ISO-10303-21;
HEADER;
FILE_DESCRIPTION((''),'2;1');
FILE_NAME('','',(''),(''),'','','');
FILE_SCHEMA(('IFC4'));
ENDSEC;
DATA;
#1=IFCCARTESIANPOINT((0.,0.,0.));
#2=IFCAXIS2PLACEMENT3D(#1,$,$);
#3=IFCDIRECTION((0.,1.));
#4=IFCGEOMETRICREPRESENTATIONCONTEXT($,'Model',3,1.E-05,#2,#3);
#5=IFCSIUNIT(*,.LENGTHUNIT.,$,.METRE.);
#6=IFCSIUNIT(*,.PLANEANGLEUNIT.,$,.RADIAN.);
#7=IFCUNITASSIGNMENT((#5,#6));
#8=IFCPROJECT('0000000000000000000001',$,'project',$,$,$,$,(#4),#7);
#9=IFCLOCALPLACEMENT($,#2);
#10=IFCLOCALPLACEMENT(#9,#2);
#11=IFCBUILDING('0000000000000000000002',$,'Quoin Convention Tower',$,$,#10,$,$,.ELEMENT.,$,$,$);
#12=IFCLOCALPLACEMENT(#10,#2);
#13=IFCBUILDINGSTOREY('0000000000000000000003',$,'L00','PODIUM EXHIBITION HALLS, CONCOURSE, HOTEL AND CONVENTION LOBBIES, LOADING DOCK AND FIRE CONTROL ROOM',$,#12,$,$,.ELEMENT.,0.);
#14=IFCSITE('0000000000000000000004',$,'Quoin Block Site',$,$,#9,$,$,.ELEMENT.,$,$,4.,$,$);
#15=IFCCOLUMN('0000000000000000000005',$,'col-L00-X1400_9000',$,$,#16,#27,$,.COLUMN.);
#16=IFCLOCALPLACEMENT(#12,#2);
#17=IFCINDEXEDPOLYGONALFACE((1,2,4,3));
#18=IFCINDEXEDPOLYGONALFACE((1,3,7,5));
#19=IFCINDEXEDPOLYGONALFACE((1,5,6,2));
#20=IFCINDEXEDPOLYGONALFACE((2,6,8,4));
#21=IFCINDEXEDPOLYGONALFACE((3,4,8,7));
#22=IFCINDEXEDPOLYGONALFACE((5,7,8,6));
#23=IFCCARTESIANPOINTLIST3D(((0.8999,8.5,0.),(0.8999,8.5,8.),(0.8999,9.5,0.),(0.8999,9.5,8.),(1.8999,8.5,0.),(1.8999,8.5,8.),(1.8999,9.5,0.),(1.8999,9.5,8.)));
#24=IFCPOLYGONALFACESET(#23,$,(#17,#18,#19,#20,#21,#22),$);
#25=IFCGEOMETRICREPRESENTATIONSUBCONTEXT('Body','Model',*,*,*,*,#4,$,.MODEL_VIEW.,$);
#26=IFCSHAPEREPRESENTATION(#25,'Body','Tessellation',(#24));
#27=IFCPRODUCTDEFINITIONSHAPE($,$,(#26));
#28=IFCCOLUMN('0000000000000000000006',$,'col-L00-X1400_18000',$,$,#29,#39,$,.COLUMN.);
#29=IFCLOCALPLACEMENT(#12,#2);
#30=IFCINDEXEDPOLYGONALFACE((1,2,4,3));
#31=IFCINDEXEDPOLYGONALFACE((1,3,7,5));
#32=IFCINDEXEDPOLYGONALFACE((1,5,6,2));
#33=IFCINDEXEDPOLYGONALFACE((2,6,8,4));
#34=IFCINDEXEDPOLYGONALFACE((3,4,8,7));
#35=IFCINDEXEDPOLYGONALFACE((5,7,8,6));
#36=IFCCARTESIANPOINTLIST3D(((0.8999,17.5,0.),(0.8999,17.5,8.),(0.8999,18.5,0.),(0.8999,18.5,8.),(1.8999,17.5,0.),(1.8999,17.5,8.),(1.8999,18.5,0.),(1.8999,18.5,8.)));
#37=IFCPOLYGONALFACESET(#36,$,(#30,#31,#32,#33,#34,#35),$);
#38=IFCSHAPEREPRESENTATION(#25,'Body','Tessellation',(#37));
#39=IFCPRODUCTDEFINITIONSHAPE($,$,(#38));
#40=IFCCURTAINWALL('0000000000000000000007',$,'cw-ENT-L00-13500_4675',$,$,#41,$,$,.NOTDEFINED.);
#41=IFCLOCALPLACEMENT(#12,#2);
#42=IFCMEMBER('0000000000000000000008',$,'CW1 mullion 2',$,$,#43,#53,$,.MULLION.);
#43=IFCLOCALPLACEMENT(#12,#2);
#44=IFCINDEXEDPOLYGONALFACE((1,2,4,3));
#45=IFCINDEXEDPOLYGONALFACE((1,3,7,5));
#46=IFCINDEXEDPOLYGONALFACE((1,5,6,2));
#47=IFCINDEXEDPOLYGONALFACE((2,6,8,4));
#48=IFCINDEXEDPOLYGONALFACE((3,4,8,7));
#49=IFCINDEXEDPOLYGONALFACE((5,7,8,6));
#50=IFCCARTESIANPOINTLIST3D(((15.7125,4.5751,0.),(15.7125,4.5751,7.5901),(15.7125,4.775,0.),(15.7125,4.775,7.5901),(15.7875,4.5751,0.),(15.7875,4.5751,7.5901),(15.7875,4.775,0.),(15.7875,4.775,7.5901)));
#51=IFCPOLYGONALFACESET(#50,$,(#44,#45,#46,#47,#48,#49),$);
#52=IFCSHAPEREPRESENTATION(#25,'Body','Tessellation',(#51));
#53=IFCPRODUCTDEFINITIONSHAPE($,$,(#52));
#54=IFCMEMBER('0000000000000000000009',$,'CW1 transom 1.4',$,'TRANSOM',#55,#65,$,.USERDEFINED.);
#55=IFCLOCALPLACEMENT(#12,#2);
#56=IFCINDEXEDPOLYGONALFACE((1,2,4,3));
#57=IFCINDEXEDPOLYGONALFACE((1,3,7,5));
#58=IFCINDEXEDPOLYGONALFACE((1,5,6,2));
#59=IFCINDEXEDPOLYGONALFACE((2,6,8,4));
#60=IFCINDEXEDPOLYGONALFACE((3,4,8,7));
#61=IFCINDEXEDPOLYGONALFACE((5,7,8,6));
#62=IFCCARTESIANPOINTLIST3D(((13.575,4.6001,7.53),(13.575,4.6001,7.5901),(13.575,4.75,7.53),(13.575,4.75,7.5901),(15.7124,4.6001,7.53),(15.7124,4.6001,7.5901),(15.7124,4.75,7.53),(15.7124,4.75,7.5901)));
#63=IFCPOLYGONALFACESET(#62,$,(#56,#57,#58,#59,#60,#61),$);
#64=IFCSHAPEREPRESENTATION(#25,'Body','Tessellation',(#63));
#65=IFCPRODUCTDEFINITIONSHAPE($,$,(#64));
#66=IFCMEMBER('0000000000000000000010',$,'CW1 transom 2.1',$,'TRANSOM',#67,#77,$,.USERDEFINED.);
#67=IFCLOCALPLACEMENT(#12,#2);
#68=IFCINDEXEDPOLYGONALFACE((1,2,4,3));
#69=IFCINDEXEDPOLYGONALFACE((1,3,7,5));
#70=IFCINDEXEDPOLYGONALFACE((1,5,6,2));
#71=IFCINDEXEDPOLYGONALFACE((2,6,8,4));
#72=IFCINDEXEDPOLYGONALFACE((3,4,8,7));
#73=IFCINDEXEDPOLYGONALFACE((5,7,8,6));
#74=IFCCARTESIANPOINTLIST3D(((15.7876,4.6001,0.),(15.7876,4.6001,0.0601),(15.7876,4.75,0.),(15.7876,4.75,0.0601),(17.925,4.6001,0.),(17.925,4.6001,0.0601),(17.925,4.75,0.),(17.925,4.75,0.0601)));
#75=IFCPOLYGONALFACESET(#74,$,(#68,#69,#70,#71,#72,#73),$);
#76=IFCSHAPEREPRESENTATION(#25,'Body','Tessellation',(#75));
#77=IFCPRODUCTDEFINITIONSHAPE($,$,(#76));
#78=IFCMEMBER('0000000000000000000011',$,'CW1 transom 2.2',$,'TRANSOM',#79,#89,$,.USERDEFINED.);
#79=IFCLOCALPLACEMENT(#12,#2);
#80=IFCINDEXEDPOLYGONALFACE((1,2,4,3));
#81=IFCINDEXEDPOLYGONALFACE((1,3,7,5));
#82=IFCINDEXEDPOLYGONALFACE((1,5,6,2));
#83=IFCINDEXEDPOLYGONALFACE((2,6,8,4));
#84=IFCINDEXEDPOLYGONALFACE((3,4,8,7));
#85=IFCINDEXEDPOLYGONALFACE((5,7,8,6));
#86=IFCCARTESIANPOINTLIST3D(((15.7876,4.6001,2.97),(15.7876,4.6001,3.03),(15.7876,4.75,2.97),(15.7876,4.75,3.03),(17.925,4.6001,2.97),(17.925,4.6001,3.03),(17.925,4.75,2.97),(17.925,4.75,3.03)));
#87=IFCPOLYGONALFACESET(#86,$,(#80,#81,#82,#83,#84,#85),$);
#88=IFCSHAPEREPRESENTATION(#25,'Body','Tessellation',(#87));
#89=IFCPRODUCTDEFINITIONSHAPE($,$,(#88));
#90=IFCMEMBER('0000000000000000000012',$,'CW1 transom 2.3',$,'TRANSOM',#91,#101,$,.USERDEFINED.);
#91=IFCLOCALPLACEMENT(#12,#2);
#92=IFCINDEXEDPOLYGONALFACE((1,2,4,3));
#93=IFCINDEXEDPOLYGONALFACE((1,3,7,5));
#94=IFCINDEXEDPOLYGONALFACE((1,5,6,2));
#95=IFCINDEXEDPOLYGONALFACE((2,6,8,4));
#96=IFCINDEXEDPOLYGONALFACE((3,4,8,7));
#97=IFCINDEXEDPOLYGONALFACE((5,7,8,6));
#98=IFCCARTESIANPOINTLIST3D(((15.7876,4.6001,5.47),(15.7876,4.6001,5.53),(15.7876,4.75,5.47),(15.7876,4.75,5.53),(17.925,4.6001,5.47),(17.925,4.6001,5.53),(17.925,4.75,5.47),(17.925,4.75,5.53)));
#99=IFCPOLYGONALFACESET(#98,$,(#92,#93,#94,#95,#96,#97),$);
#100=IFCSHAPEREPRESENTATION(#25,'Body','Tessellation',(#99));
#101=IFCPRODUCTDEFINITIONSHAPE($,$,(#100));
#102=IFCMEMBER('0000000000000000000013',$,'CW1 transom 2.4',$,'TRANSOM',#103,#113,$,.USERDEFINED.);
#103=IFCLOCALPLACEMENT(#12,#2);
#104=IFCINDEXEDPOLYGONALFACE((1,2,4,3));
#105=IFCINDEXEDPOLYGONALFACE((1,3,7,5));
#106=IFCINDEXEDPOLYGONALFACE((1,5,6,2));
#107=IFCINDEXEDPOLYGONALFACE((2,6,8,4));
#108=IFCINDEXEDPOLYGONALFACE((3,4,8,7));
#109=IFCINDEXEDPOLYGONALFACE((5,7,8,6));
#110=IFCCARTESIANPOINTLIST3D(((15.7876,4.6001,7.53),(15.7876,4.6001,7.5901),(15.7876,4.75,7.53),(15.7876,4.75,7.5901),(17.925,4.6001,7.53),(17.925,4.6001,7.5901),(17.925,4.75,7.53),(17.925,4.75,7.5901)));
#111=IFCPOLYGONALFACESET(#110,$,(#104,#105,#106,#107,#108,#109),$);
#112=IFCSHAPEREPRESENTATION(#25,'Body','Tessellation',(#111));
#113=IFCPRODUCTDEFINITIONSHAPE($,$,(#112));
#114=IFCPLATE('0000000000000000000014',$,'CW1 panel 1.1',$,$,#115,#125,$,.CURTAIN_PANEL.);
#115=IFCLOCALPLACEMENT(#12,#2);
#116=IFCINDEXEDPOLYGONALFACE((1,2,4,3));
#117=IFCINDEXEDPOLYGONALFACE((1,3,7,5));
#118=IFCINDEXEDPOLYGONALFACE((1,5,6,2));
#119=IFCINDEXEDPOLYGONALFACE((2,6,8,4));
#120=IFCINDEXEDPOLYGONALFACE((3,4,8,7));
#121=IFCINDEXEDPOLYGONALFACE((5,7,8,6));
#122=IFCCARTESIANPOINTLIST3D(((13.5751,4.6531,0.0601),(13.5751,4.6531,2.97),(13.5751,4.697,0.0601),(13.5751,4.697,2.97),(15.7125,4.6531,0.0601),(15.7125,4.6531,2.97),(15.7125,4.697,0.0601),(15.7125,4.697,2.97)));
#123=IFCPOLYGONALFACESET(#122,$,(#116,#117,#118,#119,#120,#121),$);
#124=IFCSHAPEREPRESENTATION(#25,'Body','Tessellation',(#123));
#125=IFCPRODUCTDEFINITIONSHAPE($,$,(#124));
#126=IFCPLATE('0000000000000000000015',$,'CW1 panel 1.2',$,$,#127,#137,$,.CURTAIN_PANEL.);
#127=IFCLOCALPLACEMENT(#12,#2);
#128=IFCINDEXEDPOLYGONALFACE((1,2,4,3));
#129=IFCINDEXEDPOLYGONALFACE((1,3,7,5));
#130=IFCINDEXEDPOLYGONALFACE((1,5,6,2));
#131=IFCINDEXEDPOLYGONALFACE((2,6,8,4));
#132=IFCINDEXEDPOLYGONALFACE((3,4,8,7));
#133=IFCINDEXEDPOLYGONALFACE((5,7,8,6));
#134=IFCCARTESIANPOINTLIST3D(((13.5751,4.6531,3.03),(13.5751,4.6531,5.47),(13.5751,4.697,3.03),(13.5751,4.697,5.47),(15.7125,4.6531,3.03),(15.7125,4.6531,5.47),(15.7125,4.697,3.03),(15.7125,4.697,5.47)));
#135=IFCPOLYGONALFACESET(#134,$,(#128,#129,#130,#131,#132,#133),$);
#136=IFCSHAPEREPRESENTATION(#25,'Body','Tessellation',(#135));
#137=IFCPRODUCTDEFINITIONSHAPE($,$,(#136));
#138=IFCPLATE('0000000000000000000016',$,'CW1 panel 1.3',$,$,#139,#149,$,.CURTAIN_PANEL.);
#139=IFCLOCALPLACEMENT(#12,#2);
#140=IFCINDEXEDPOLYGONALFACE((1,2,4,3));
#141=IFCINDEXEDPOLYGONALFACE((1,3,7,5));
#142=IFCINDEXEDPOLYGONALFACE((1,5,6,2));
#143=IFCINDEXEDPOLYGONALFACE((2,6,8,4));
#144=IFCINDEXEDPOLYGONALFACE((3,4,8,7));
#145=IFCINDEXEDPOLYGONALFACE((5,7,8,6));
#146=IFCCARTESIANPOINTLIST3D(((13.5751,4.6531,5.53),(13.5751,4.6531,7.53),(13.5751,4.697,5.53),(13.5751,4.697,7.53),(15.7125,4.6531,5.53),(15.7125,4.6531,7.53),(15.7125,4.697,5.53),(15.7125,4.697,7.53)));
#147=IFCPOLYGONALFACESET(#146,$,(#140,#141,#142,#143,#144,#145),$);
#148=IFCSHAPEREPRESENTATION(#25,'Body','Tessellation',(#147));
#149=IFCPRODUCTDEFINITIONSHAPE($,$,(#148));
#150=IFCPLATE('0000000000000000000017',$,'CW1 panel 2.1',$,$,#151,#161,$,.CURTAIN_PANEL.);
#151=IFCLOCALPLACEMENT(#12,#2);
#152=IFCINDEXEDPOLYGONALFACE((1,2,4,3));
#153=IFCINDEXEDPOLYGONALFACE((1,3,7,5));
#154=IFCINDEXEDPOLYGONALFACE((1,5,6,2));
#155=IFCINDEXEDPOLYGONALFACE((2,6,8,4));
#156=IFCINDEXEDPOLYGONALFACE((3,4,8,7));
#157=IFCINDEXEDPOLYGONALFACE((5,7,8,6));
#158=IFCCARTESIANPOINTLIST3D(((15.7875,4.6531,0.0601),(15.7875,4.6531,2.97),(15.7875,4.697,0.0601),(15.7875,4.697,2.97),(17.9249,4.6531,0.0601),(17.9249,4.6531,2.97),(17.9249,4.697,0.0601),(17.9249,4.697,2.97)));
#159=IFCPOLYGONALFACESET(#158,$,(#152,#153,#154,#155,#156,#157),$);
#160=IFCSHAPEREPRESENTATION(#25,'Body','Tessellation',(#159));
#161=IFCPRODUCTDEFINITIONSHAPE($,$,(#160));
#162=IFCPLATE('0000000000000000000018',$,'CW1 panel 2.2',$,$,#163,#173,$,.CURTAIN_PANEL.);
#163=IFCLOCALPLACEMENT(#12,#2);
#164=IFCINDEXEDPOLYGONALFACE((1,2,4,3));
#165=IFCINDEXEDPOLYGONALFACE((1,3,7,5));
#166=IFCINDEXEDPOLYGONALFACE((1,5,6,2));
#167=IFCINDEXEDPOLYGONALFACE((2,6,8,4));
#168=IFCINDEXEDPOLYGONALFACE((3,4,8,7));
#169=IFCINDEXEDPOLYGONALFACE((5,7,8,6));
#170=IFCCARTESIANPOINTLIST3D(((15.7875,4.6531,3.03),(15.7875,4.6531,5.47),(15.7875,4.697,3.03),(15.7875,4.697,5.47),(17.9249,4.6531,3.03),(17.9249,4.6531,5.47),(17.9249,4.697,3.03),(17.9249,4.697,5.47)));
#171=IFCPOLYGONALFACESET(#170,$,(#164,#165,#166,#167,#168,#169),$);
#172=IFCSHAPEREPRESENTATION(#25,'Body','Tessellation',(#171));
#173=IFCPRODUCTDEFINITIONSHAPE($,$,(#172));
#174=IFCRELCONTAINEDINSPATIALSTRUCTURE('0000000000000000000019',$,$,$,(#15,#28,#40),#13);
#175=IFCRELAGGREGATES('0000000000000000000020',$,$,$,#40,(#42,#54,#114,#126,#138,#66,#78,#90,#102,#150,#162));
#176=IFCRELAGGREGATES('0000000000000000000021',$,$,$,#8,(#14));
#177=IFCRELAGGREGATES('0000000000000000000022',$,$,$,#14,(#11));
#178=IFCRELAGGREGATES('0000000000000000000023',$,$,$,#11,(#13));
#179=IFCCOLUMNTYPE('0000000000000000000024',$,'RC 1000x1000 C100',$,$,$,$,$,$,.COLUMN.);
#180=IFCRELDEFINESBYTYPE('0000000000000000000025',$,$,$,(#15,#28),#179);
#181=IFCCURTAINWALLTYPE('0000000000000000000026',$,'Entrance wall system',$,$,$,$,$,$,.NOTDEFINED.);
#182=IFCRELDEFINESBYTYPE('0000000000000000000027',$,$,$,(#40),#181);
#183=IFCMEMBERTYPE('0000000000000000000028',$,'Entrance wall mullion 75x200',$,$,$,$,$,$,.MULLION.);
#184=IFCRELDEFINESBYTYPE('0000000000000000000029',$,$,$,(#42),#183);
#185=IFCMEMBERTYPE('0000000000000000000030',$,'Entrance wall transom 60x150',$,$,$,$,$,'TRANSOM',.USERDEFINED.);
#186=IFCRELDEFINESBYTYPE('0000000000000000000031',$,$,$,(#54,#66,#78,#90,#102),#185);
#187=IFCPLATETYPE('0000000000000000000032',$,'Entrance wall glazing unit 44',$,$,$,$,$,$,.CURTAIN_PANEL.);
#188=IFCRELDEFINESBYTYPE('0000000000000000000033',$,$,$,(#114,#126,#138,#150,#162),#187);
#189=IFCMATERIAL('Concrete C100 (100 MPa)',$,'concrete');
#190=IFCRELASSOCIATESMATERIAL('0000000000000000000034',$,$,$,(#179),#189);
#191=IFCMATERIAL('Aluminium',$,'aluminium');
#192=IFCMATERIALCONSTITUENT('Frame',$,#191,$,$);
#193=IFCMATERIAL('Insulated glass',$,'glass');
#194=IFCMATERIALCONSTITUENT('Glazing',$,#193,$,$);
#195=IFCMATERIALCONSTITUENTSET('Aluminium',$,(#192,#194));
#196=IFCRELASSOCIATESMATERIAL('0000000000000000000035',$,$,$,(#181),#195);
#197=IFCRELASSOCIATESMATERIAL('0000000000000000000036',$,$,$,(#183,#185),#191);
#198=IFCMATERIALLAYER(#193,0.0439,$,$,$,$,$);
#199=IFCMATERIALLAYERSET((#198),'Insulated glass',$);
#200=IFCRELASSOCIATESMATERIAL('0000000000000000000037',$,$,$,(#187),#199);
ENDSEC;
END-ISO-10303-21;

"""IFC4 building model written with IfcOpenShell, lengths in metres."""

from ifc_helpers import new_model, si_unit, direction, frame, origin, origin_2d, place, context, subcontext, project, spatial, rectangle, extrude, material, layer, layer_set, constituent, constituent_set, material_profile, profile_set, type_object, element, aggregate, save


model = new_model("IFC4")

# Units and contexts
model_context = context("Model", 3, precision=1e-05, world=origin(), true_north=direction((0.0, 1.0)))
body_context = subcontext(model_context, "Body", "Model", "MODEL_VIEW")
ifc_project = project(units=[si_unit("LENGTHUNIT", "METRE"), si_unit("PLANEANGLEUNIT", "RADIAN")], contexts=[model_context])

# Site, building, storey
site_placement = place(None, origin())
site = spatial("IfcSite", under=ifc_project, at=site_placement, Name="Quoin Block Site", CompositionType="ELEMENT", RefElevation=4.0)
building_placement = place(site_placement, origin())
building = spatial("IfcBuilding", under=site, at=building_placement, Name="Quoin Convention Tower", CompositionType="ELEMENT")
storey_placement = place(building_placement, origin())
storey = spatial("IfcBuildingStorey", under=building, at=storey_placement, Name="L00", Description="PODIUM EXHIBITION HALLS, CONCOURSE, HOTEL AND CONVENTION LOBBIES, LOADING DOCK AND FIRE CONTROL ROOM", CompositionType="ELEMENT", Elevation=0.0)

# Columns
ifc_material_1 = material(Name="Concrete C100 (100 MPa)", Category="concrete")
ifc_material_profile_1 = material_profile(ifc_material_1, rectangle(XDim=1.0, YDim=1.0, at=origin_2d()), Name="RC 1000x1000")
ifc_profile_set_1 = profile_set([ifc_material_profile_1], Name="Concrete C100 (100 MPa)")
column_type = type_object("IfcColumnType", Name="RC 1000x1000 C100", PredefinedType="COLUMN", material=ifc_profile_set_1)
for number, where, z_axis, x_axis, name in (
    (1, (1.3999, 9.0, 0.0), (0.0, 0.0, 1.0), (1.0, 0.0, 0.0), "col-L00-X1400_9000"),
    (2, (1.3999, 18.0, 0.0), (0.0, 0.0, 1.0), (1.0, 0.0, 0.0), "col-L00-X1400_18000"),
):
    element("IfcColumn", number, at=place(storey_placement, frame(where, z_axis=z_axis, x_axis=x_axis)), inside=storey, type_object=column_type, Name=name, PredefinedType="COLUMN", context=body_context, shape_type="SweptSolid", body=[
        extrude(rectangle(XDim=1.0, YDim=1.0, at=origin_2d()), origin(), (0.0, 0.0, 1.0), 8.0),
    ])

# Curtain wall, members, plates
ifc_material_2 = material(Name="Aluminium", Category="aluminium")
ifc_constituent_1 = constituent(ifc_material_2, Name="Frame")
ifc_material_3 = material(Name="Insulated glass", Category="glass")
ifc_constituent_2 = constituent(ifc_material_3, Name="Glazing")
ifc_constituent_set = constituent_set(constituents=[ifc_constituent_1, ifc_constituent_2], Name="Aluminium")
curtain_wall_type = type_object("IfcCurtainWallType", Name="Entrance wall system", PredefinedType="NOTDEFINED", material=ifc_constituent_set)
curtain_wall_placement = place(storey_placement, origin())
curtain_wall = element("IfcCurtainWall", 3, at=curtain_wall_placement, inside=storey, type_object=curtain_wall_type, Name="cw-ENT-L00-13500_4675", PredefinedType="NOTDEFINED")
ifc_material_profile_2 = material_profile(ifc_material_2, rectangle(XDim=0.2, YDim=0.075, at=origin_2d()), Name="Entrance wall mullion 75x200")
ifc_profile_set_2 = profile_set([ifc_material_profile_2], Name="Aluminium")
member_type_1 = type_object("IfcMemberType", Name="Entrance wall mullion 75x200", PredefinedType="MULLION", material=ifc_profile_set_2)
member_1_placement = place(storey_placement, frame((15.75, 4.675, 0.0), z_axis=(0.0, 0.0, 1.0), x_axis=(0.0, 1.0, 0.0)))
member_1 = element("IfcMember", 4, at=member_1_placement, type_object=member_type_1, Name="CW1 mullion 2", PredefinedType="MULLION", context=body_context, shape_type="SweptSolid", body=[
    extrude(rectangle(XDim=0.2, YDim=0.075, at=origin_2d()), origin(), (0.0, 0.0, 1.0), 7.5901),
])
ifc_material_profile_3 = material_profile(ifc_material_2, rectangle(XDim=0.1499, YDim=0.0601, at=origin_2d()), Name="Entrance wall transom 60x150")
ifc_profile_set_3 = profile_set([ifc_material_profile_3], Name="Aluminium")
member_type_2 = type_object("IfcMemberType", Name="Entrance wall transom 60x150", ElementType="TRANSOM", PredefinedType="USERDEFINED", material=ifc_profile_set_3)
member_2_placement = place(storey_placement, frame((13.575, 4.675, 7.5601), z_axis=(1.0, 0.0, 0.0), x_axis=(0.0, 1.0, 0.0)))
member_2 = element("IfcMember", 5, at=member_2_placement, type_object=member_type_2, Name="CW1 transom 1.4", ObjectType="TRANSOM", PredefinedType="USERDEFINED", context=body_context, shape_type="SweptSolid", body=[
    extrude(rectangle(XDim=0.1499, YDim=0.0601, at=origin_2d()), origin(), (0.0, 0.0, 1.0), 2.1375),
])
member_3_placement = place(storey_placement, frame((15.7876, 4.675, 0.03), z_axis=(1.0, 0.0, 0.0), x_axis=(0.0, 1.0, 0.0)))
member_3 = element("IfcMember", 6, at=member_3_placement, type_object=member_type_2, Name="CW1 transom 2.1", ObjectType="TRANSOM", PredefinedType="USERDEFINED", context=body_context, shape_type="SweptSolid", body=[
    extrude(rectangle(XDim=0.1499, YDim=0.0601, at=origin_2d()), origin(), (0.0, 0.0, 1.0), 2.1375),
])
member_4_placement = place(storey_placement, frame((15.7876, 4.675, 3.0), z_axis=(1.0, 0.0, 0.0), x_axis=(0.0, 1.0, 0.0)))
member_4 = element("IfcMember", 7, at=member_4_placement, type_object=member_type_2, Name="CW1 transom 2.2", ObjectType="TRANSOM", PredefinedType="USERDEFINED", context=body_context, shape_type="SweptSolid", body=[
    extrude(rectangle(XDim=0.1499, YDim=0.0601, at=origin_2d()), origin(), (0.0, 0.0, 1.0), 2.1375),
])
member_5_placement = place(storey_placement, frame((15.7876, 4.675, 5.5), z_axis=(1.0, 0.0, 0.0), x_axis=(0.0, 1.0, 0.0)))
member_5 = element("IfcMember", 8, at=member_5_placement, type_object=member_type_2, Name="CW1 transom 2.3", ObjectType="TRANSOM", PredefinedType="USERDEFINED", context=body_context, shape_type="SweptSolid", body=[
    extrude(rectangle(XDim=0.1499, YDim=0.0601, at=origin_2d()), origin(), (0.0, 0.0, 1.0), 2.1375),
])
member_6_placement = place(storey_placement, frame((15.7876, 4.675, 7.5601), z_axis=(1.0, 0.0, 0.0), x_axis=(0.0, 1.0, 0.0)))
member_6 = element("IfcMember", 9, at=member_6_placement, type_object=member_type_2, Name="CW1 transom 2.4", ObjectType="TRANSOM", PredefinedType="USERDEFINED", context=body_context, shape_type="SweptSolid", body=[
    extrude(rectangle(XDim=0.1499, YDim=0.0601, at=origin_2d()), origin(), (0.0, 0.0, 1.0), 2.1375),
])
ifc_layer_1 = layer(ifc_material_3, 0.0439)
ifc_layer_set_1 = layer_set([ifc_layer_1], Name="Insulated glass")
plate_type = type_object("IfcPlateType", Name="Entrance wall glazing unit 44", PredefinedType="CURTAIN_PANEL", material=ifc_layer_set_1)
plate_1_placement = place(storey_placement, frame((14.6438, 4.675, 0.0601), z_axis=(0.0, 0.0, 1.0), x_axis=(1.0, 0.0, 0.0)))
plate_1 = element("IfcPlate", 10, at=plate_1_placement, type_object=plate_type, Name="CW1 panel 1.1", PredefinedType="CURTAIN_PANEL", context=body_context, shape_type="SweptSolid", body=[
    extrude(rectangle(XDim=2.1375, YDim=0.0439, at=origin_2d()), origin(), (0.0, 0.0, 1.0), 2.9099),
])
plate_2_placement = place(storey_placement, frame((14.6438, 4.675, 3.03), z_axis=(0.0, 0.0, 1.0), x_axis=(1.0, 0.0, 0.0)))
plate_2 = element("IfcPlate", 11, at=plate_2_placement, type_object=plate_type, Name="CW1 panel 1.2", PredefinedType="CURTAIN_PANEL", context=body_context, shape_type="SweptSolid", body=[
    extrude(rectangle(XDim=2.1375, YDim=0.0439, at=origin_2d()), origin(), (0.0, 0.0, 1.0), 2.4399),
])
plate_3_placement = place(storey_placement, frame((14.6438, 4.675, 5.53), z_axis=(0.0, 0.0, 1.0), x_axis=(1.0, 0.0, 0.0)))
plate_3 = element("IfcPlate", 12, at=plate_3_placement, type_object=plate_type, Name="CW1 panel 1.3", PredefinedType="CURTAIN_PANEL", context=body_context, shape_type="SweptSolid", body=[
    extrude(rectangle(XDim=2.1375, YDim=0.0439, at=origin_2d()), origin(), (0.0, 0.0, 1.0), 2.0),
])
plate_4_placement = place(storey_placement, frame((16.8562, 4.675, 0.0601), z_axis=(0.0, 0.0, 1.0), x_axis=(1.0, 0.0, 0.0)))
plate_4 = element("IfcPlate", 13, at=plate_4_placement, type_object=plate_type, Name="CW1 panel 2.1", PredefinedType="CURTAIN_PANEL", context=body_context, shape_type="SweptSolid", body=[
    extrude(rectangle(XDim=2.1375, YDim=0.0439, at=origin_2d()), origin(), (0.0, 0.0, 1.0), 2.9099),
])
plate_5_placement = place(storey_placement, frame((16.8562, 4.675, 3.03), z_axis=(0.0, 0.0, 1.0), x_axis=(1.0, 0.0, 0.0)))
plate_5 = element("IfcPlate", 14, at=plate_5_placement, type_object=plate_type, Name="CW1 panel 2.2", PredefinedType="CURTAIN_PANEL", context=body_context, shape_type="SweptSolid", body=[
    extrude(rectangle(XDim=2.1375, YDim=0.0439, at=origin_2d()), origin(), (0.0, 0.0, 1.0), 2.4399),
])
aggregate(curtain_wall, [member_1, member_2, plate_1, plate_2, plate_3, member_3, member_4, member_5, member_6, plate_4, plate_5])

save(model, "model.ifc")
